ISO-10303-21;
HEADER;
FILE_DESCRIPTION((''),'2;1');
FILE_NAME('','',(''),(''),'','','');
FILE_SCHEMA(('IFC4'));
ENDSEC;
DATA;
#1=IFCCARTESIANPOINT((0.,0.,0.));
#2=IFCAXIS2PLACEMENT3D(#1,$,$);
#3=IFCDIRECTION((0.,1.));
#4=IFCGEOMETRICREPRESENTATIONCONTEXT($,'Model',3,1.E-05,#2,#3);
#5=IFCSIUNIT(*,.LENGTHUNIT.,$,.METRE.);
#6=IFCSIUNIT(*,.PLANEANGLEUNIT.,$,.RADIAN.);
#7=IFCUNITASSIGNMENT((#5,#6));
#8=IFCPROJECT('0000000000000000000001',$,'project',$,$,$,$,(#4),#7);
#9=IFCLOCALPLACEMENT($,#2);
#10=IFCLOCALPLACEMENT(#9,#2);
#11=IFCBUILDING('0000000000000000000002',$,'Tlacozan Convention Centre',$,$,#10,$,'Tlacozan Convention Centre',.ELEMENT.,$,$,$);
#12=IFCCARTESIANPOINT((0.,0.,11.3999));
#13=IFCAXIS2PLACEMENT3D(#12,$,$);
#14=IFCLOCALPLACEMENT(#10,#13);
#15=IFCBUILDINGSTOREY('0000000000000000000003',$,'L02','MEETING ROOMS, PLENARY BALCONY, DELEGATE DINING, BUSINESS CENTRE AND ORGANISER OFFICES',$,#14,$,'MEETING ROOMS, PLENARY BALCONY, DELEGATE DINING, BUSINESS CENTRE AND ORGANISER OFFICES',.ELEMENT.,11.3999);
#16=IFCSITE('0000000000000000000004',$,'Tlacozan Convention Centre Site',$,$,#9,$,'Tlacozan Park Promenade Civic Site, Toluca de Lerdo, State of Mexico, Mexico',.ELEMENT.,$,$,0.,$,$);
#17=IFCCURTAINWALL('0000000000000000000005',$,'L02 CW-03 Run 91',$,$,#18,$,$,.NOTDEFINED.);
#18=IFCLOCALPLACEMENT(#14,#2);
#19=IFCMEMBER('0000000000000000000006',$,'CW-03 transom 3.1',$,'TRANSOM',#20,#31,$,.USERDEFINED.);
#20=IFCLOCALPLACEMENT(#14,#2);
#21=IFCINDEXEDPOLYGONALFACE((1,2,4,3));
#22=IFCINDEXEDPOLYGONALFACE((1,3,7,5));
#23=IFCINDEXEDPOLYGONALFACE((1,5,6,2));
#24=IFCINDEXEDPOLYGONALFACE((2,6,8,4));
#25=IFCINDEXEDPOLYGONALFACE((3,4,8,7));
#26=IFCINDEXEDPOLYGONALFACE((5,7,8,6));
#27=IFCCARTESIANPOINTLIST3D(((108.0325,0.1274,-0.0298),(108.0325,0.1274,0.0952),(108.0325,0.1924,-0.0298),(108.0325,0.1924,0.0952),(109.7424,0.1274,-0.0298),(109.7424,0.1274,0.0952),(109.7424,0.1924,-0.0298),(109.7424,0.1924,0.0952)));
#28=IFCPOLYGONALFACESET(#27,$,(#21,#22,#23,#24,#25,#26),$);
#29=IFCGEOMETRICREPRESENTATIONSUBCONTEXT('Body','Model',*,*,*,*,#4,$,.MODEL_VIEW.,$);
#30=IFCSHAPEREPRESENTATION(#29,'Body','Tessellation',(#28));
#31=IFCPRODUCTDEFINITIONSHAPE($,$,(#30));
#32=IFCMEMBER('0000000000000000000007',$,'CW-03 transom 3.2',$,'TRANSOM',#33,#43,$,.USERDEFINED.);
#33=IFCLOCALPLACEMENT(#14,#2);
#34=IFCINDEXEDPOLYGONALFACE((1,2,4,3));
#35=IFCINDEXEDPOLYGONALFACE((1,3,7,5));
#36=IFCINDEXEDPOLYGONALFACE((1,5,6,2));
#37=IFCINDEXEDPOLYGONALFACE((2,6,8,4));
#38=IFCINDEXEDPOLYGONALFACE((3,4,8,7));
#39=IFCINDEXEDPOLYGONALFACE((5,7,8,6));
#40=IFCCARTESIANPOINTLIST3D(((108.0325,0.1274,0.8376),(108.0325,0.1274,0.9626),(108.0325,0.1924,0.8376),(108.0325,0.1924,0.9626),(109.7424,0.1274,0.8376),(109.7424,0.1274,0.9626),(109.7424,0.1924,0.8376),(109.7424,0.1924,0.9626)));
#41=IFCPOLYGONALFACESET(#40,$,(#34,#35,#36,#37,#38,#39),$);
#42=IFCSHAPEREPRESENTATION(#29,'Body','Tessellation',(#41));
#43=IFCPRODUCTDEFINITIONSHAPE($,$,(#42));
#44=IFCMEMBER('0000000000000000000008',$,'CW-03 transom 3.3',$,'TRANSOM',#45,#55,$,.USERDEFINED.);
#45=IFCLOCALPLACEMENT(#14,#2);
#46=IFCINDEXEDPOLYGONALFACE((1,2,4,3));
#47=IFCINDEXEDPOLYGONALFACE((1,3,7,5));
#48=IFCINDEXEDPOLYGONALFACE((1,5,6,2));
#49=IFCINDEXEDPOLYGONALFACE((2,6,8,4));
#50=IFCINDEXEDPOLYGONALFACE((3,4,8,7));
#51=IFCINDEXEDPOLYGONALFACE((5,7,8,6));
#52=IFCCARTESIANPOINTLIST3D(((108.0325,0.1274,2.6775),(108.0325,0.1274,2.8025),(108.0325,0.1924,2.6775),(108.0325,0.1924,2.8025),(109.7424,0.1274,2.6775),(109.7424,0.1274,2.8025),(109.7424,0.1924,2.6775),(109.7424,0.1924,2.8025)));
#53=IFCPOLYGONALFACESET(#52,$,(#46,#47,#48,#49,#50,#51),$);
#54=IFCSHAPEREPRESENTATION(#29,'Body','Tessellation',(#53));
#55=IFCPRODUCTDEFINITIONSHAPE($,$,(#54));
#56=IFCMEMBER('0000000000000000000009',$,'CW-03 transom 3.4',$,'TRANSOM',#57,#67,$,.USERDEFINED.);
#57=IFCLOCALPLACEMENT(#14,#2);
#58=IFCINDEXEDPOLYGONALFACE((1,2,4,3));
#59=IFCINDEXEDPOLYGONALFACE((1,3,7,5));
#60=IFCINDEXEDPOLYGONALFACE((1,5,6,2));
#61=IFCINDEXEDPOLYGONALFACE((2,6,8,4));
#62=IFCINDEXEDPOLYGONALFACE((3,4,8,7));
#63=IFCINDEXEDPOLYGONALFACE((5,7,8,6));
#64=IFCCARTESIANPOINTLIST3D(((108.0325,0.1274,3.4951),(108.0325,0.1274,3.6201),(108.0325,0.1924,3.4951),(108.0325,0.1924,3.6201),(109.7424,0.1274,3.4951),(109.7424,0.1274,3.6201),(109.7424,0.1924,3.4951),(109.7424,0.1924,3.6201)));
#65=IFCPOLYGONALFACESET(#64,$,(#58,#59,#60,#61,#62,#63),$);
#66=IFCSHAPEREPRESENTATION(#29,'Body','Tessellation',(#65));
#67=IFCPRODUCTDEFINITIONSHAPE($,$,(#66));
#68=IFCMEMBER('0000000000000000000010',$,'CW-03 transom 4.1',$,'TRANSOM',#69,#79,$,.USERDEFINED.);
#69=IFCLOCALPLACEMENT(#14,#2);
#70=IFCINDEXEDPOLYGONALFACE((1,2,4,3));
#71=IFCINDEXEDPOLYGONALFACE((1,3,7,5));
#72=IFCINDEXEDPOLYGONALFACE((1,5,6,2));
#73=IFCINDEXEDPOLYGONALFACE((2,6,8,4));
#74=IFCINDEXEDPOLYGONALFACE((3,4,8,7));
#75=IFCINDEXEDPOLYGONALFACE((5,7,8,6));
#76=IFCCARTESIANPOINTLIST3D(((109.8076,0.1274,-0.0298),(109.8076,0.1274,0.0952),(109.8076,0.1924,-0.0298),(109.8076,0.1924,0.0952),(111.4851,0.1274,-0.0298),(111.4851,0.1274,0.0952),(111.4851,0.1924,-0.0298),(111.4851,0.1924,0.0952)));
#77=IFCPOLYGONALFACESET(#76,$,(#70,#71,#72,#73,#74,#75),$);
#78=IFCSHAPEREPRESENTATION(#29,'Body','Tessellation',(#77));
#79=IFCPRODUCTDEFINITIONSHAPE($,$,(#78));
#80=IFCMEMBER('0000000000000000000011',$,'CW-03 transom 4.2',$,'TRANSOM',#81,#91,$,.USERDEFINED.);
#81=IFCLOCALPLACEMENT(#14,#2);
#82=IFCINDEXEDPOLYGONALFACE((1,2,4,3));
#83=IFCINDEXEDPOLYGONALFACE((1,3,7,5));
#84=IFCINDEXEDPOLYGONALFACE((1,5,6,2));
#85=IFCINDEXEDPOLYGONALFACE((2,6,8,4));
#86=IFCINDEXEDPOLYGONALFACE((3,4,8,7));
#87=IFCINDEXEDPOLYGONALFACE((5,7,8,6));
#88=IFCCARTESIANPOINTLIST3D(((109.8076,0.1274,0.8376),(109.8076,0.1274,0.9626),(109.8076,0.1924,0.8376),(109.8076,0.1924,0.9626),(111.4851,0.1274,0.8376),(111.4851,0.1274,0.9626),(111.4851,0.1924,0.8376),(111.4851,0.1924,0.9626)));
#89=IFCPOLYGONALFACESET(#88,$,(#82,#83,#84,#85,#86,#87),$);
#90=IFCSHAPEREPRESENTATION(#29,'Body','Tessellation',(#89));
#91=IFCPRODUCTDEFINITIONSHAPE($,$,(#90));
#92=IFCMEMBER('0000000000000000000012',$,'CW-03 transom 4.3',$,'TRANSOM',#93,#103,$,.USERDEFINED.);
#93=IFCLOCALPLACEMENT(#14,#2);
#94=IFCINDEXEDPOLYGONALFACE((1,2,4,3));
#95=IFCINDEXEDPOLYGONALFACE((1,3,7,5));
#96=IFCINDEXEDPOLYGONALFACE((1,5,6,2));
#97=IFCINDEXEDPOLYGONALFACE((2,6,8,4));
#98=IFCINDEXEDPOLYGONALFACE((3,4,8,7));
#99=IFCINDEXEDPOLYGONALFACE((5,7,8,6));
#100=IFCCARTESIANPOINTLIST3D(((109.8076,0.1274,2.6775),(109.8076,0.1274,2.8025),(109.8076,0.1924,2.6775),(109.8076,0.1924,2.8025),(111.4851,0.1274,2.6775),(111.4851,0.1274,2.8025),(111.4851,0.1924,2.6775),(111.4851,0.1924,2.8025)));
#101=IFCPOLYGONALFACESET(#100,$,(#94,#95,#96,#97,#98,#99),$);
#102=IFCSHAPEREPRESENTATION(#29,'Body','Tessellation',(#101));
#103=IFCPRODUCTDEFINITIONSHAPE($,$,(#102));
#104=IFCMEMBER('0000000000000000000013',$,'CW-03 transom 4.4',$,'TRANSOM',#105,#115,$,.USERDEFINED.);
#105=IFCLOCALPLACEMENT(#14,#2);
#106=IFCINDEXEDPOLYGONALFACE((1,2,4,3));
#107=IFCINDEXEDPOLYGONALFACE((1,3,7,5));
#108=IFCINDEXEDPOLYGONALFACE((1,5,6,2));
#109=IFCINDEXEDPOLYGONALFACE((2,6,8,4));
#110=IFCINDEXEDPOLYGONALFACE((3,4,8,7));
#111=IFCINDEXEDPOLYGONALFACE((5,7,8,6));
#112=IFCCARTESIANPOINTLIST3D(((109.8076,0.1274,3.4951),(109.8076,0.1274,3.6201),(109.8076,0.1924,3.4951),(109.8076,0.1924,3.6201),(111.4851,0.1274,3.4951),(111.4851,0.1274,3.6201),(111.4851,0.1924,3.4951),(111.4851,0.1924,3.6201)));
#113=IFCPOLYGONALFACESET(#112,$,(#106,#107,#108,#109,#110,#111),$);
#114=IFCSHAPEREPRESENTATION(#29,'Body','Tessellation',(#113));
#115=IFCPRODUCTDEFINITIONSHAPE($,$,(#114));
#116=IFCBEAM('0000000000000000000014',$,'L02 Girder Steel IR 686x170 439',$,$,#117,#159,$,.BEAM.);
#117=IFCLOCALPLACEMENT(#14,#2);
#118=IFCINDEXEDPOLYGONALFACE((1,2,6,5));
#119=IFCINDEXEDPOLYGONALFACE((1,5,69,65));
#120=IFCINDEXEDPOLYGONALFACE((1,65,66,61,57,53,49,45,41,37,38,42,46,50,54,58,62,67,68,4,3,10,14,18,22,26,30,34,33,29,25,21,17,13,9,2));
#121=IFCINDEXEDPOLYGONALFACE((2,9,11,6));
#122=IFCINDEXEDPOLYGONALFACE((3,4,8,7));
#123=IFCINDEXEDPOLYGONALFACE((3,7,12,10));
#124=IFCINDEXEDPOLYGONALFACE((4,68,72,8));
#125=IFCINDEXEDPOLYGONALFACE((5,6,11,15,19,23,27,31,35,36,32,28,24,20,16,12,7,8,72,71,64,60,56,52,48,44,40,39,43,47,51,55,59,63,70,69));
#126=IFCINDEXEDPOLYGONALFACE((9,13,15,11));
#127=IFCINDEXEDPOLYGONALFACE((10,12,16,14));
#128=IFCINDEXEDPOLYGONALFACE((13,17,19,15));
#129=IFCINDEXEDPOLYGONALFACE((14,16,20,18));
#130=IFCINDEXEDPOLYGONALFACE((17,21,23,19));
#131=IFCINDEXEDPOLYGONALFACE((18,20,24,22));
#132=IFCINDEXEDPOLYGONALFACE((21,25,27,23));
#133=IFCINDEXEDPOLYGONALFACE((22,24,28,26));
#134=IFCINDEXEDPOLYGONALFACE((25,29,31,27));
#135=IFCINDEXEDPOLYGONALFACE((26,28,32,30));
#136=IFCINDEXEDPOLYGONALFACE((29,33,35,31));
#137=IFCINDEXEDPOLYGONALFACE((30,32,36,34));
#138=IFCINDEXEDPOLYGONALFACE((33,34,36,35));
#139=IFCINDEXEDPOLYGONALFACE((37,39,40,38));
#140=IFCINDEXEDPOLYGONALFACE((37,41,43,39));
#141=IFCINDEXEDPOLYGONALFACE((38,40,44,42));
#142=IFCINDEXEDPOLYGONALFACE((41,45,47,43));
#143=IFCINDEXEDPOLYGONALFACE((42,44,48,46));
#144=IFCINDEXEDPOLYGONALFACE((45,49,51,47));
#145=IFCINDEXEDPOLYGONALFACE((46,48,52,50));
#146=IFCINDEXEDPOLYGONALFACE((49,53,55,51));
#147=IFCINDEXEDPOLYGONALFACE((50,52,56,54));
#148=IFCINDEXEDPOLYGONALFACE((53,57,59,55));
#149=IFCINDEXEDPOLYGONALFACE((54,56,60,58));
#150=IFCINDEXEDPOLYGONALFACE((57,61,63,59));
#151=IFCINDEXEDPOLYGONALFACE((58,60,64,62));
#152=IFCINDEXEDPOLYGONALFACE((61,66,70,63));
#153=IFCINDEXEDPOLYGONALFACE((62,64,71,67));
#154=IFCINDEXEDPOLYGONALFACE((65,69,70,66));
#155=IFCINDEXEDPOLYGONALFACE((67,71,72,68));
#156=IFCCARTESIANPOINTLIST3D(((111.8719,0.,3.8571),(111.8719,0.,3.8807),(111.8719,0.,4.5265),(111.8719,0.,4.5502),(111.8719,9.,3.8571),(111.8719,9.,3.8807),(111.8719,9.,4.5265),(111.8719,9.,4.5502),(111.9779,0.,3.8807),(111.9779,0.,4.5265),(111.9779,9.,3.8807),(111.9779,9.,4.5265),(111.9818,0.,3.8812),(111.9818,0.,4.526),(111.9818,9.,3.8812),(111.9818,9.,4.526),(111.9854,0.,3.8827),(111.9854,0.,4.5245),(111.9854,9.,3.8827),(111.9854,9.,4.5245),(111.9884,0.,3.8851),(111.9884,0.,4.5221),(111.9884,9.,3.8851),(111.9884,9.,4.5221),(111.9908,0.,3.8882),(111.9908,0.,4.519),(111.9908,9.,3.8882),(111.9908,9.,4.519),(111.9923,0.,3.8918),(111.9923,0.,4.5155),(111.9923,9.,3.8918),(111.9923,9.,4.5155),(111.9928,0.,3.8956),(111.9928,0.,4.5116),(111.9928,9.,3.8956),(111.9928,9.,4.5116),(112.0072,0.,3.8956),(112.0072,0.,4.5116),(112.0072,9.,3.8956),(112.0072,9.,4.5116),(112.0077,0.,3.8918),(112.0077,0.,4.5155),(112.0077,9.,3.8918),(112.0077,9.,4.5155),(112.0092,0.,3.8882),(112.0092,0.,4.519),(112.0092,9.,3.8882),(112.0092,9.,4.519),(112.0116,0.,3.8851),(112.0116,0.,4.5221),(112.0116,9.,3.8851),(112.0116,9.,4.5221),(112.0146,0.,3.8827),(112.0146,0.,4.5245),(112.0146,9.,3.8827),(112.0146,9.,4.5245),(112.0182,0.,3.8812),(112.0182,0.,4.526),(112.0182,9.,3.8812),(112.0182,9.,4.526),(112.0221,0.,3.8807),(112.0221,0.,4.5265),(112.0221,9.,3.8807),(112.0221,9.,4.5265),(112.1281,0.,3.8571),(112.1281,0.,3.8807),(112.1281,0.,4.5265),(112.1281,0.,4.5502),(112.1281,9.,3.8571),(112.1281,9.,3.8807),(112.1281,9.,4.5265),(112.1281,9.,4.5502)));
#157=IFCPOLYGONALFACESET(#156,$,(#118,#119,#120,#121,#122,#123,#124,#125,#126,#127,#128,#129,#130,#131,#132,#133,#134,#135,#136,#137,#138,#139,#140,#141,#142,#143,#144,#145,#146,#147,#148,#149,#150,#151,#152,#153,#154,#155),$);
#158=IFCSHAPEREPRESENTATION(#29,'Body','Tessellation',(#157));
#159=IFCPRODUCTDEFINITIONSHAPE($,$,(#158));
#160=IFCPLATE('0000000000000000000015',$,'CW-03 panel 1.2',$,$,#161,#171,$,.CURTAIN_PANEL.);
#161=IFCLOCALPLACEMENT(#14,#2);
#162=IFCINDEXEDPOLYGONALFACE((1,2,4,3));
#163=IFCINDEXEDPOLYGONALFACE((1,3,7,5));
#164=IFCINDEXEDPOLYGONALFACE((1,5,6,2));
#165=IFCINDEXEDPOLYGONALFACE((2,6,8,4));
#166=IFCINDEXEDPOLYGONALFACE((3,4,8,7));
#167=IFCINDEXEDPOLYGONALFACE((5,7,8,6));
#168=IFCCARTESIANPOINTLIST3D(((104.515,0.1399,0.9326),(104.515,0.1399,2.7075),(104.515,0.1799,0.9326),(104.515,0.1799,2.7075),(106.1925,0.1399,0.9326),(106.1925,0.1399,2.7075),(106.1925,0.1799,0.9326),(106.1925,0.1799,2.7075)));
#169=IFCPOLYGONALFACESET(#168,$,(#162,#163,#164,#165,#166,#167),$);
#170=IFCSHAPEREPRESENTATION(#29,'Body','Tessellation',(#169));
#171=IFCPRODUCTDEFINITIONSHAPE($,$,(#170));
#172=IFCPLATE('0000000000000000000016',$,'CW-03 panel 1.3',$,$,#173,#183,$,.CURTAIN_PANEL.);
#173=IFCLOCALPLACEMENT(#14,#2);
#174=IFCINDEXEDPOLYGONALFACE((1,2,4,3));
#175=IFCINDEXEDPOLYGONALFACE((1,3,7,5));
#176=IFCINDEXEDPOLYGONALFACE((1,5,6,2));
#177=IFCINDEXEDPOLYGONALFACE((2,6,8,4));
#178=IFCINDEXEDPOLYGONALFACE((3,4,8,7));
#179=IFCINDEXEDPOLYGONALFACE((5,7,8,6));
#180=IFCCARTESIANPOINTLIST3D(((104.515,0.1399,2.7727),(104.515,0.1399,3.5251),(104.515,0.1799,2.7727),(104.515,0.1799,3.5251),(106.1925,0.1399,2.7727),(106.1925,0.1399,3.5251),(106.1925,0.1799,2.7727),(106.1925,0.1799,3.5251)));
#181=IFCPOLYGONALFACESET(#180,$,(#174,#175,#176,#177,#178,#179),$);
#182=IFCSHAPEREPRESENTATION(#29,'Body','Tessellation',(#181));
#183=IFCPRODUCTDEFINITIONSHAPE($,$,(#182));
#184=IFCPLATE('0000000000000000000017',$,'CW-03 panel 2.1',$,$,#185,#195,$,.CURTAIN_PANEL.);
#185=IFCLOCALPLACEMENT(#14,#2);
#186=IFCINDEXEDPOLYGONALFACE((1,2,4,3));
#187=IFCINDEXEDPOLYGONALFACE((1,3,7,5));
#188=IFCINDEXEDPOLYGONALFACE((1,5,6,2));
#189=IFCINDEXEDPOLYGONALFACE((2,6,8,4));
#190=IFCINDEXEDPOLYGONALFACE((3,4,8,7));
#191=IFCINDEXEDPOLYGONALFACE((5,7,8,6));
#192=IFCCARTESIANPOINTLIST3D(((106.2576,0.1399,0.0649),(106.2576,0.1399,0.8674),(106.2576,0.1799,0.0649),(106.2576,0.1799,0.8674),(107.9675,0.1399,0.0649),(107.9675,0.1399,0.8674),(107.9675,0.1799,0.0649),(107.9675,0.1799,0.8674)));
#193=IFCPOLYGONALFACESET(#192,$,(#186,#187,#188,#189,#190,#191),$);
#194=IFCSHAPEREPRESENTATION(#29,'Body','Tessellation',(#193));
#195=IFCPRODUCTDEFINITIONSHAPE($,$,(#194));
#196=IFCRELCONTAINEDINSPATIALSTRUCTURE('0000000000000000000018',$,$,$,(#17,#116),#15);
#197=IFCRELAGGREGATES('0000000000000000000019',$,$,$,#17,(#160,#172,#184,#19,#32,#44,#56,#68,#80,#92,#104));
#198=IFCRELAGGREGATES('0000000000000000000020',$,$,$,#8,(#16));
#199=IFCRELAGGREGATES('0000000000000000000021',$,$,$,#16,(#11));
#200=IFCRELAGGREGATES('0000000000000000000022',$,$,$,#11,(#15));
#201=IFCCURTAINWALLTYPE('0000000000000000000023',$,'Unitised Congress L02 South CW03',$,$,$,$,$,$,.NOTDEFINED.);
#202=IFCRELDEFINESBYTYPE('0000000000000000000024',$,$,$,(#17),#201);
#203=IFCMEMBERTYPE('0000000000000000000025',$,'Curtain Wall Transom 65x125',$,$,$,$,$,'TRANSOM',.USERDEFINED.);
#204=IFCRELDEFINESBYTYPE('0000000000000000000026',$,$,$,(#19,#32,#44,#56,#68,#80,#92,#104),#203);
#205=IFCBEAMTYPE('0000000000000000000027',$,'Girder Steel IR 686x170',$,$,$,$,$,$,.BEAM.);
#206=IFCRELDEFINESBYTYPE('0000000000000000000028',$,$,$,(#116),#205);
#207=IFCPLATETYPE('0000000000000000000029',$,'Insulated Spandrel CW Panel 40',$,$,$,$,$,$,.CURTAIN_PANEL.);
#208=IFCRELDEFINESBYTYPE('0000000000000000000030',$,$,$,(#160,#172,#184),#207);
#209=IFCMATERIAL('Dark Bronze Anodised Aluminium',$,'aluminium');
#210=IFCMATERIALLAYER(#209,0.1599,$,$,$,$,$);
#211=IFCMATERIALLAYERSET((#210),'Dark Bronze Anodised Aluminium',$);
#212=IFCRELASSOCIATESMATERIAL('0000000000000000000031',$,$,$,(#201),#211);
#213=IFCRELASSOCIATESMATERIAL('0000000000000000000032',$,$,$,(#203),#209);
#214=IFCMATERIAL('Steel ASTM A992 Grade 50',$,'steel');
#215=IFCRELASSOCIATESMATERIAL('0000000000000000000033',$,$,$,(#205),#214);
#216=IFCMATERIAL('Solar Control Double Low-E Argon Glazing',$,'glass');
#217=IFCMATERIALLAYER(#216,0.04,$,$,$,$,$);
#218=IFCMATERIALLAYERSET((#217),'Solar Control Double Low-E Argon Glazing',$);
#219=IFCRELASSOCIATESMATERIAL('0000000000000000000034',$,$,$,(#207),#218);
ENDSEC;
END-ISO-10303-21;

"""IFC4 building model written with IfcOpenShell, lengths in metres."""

from ifc_helpers import new_model, si_unit, direction, frame, origin, origin_2d, place, context, subcontext, project, spatial, rectangle, i_section, extrude, material, layer, layer_set, material_profile, profile_set, type_object, element, aggregate, save


model = new_model("IFC4")

# Units and contexts
model_context = context("Model", 3, precision=1e-05, world=origin(), true_north=direction((0.0, 1.0)))
body_context = subcontext(model_context, "Body", "Model", "MODEL_VIEW")
ifc_project = project(units=[si_unit("LENGTHUNIT", "METRE"), si_unit("PLANEANGLEUNIT", "RADIAN")], contexts=[model_context])

# Site, building, storey
site_placement = place(None, origin())
site = spatial("IfcSite", under=ifc_project, at=site_placement, Name="Tlacozan Convention Centre Site", LongName="Tlacozan Park Promenade Civic Site, Toluca de Lerdo, State of Mexico, Mexico", CompositionType="ELEMENT", RefElevation=0.0)
building_placement = place(site_placement, origin())
building = spatial("IfcBuilding", under=site, at=building_placement, Name="Tlacozan Convention Centre", LongName="Tlacozan Convention Centre", CompositionType="ELEMENT")
storey_placement = place(building_placement, frame((0.0, 0.0, 11.3999)))
storey = spatial("IfcBuildingStorey", under=building, at=storey_placement, Name="L02", Description="MEETING ROOMS, PLENARY BALCONY, DELEGATE DINING, BUSINESS CENTRE AND ORGANISER OFFICES", LongName="MEETING ROOMS, PLENARY BALCONY, DELEGATE DINING, BUSINESS CENTRE AND ORGANISER OFFICES", CompositionType="ELEMENT", Elevation=11.3999)

# Shared definitions
ifc_material_1 = material(Name="Steel ASTM A992 Grade 50", Category="steel")

# Curtain wall, members
ifc_material_2 = material(Name="Dark Bronze Anodised Aluminium", Category="aluminium")
ifc_layer_1 = layer(ifc_material_2, 0.1599)
ifc_layer_set_1 = layer_set([ifc_layer_1], Name="Dark Bronze Anodised Aluminium")
curtain_wall_type = type_object("IfcCurtainWallType", Name="Unitised Congress L02 South CW03", PredefinedType="NOTDEFINED", material=ifc_layer_set_1)
curtain_wall_placement = place(storey_placement, origin())
curtain_wall = element("IfcCurtainWall", 1, at=curtain_wall_placement, inside=storey, type_object=curtain_wall_type, Name="L02 CW-03 Run 91", PredefinedType="NOTDEFINED")
ifc_material_profile_1 = material_profile(ifc_material_2, rectangle(XDim=0.0649, YDim=0.125, at=origin_2d()), Name="ALU 65x125")
ifc_profile_set_1 = profile_set([ifc_material_profile_1], Name="Dark Bronze Anodised Aluminium")
member_type_1 = type_object("IfcMemberType", Name="Curtain Wall Transom 65x125", ElementType="TRANSOM", PredefinedType="USERDEFINED", material=ifc_profile_set_1)
member_1_placement = place(storey_placement, frame((108.0325, 0.1599, 0.0327), z_axis=(1.0, 0.0, 0.0), x_axis=(0.0, 1.0, 0.0)))
member_1 = element("IfcMember", 2, at=member_1_placement, type_object=member_type_1, Name="CW-03 transom 3.1", ObjectType="TRANSOM", PredefinedType="USERDEFINED", context=body_context, shape_type="SweptSolid", body=[
    extrude(rectangle(XDim=0.0649, YDim=0.125, at=origin_2d()), origin(), (0.0, 0.0, 1.0), 1.71),
])
member_2_placement = place(storey_placement, frame((108.0325, 0.1599, 0.9001), z_axis=(1.0, 0.0, 0.0), x_axis=(0.0, 1.0, 0.0)))
member_2 = element("IfcMember", 3, at=member_2_placement, type_object=member_type_1, Name="CW-03 transom 3.2", ObjectType="TRANSOM", PredefinedType="USERDEFINED", context=body_context, shape_type="SweptSolid", body=[
    extrude(rectangle(XDim=0.0649, YDim=0.125, at=origin_2d()), origin(), (0.0, 0.0, 1.0), 1.71),
])
member_3_placement = place(storey_placement, frame((108.0325, 0.1599, 2.74), z_axis=(1.0, 0.0, 0.0), x_axis=(0.0, 1.0, 0.0)))
member_3 = element("IfcMember", 4, at=member_3_placement, type_object=member_type_1, Name="CW-03 transom 3.3", ObjectType="TRANSOM", PredefinedType="USERDEFINED", context=body_context, shape_type="SweptSolid", body=[
    extrude(rectangle(XDim=0.0649, YDim=0.125, at=origin_2d()), origin(), (0.0, 0.0, 1.0), 1.71),
])
member_4_placement = place(storey_placement, frame((108.0325, 0.1599, 3.5576), z_axis=(1.0, 0.0, 0.0), x_axis=(0.0, 1.0, 0.0)))
member_4 = element("IfcMember", 5, at=member_4_placement, type_object=member_type_1, Name="CW-03 transom 3.4", ObjectType="TRANSOM", PredefinedType="USERDEFINED", context=body_context, shape_type="SweptSolid", body=[
    extrude(rectangle(XDim=0.0649, YDim=0.125, at=origin_2d()), origin(), (0.0, 0.0, 1.0), 1.71),
])
member_5_placement = place(storey_placement, frame((109.8076, 0.1599, 0.0327), z_axis=(1.0, 0.0, 0.0), x_axis=(0.0, 1.0, 0.0)))
member_5 = element("IfcMember", 6, at=member_5_placement, type_object=member_type_1, Name="CW-03 transom 4.1", ObjectType="TRANSOM", PredefinedType="USERDEFINED", context=body_context, shape_type="SweptSolid", body=[
    extrude(rectangle(XDim=0.0649, YDim=0.125, at=origin_2d()), origin(), (0.0, 0.0, 1.0), 1.6775),
])
member_6_placement = place(storey_placement, frame((109.8076, 0.1599, 0.9001), z_axis=(1.0, 0.0, 0.0), x_axis=(0.0, 1.0, 0.0)))
member_6 = element("IfcMember", 7, at=member_6_placement, type_object=member_type_1, Name="CW-03 transom 4.2", ObjectType="TRANSOM", PredefinedType="USERDEFINED", context=body_context, shape_type="SweptSolid", body=[
    extrude(rectangle(XDim=0.0649, YDim=0.125, at=origin_2d()), origin(), (0.0, 0.0, 1.0), 1.6775),
])
member_7_placement = place(storey_placement, frame((109.8076, 0.1599, 2.74), z_axis=(1.0, 0.0, 0.0), x_axis=(0.0, 1.0, 0.0)))
member_7 = element("IfcMember", 8, at=member_7_placement, type_object=member_type_1, Name="CW-03 transom 4.3", ObjectType="TRANSOM", PredefinedType="USERDEFINED", context=body_context, shape_type="SweptSolid", body=[
    extrude(rectangle(XDim=0.0649, YDim=0.125, at=origin_2d()), origin(), (0.0, 0.0, 1.0), 1.6775),
])
member_8_placement = place(storey_placement, frame((109.8076, 0.1599, 3.5576), z_axis=(1.0, 0.0, 0.0), x_axis=(0.0, 1.0, 0.0)))
member_8 = element("IfcMember", 9, at=member_8_placement, type_object=member_type_1, Name="CW-03 transom 4.4", ObjectType="TRANSOM", PredefinedType="USERDEFINED", context=body_context, shape_type="SweptSolid", body=[
    extrude(rectangle(XDim=0.0649, YDim=0.125, at=origin_2d()), origin(), (0.0, 0.0, 1.0), 1.6775),
])

# Beam
ifc_material_profile_2 = material_profile(ifc_material_1, i_section(OverallWidth=0.2561, OverallDepth=0.6931, WebThickness=0.0144, FlangeThickness=0.0237, FilletRadius=0.0149, at=origin_2d()), Name="IR 686x170.0")
ifc_profile_set_2 = profile_set([ifc_material_profile_2], Name="Steel ASTM A992 Grade 50")
beam_type_1 = type_object("IfcBeamType", Name="Girder Steel IR 686x170", PredefinedType="BEAM", material=ifc_profile_set_2)
beam_1_placement = place(storey_placement, frame((112.0, 0.0, 4.2036), z_axis=(0.0, 1.0, 0.0), x_axis=(-1.0, 0.0, 0.0)))
element("IfcBeam", 10, at=beam_1_placement, inside=storey, type_object=beam_type_1, Name="L02 Girder Steel IR 686x170 439", PredefinedType="BEAM", context=body_context, shape_type="SweptSolid", body=[
    extrude(i_section(OverallWidth=0.2561, OverallDepth=0.6931, WebThickness=0.0144, FlangeThickness=0.0237, FilletRadius=0.0149, at=origin_2d()), origin(), (0.0, 0.0, 1.0), 9.0),
])

# Plates
ifc_material_3 = material(Name="Solar Control Double Low-E Argon Glazing", Category="glass")
ifc_layer_2 = layer(ifc_material_3, 0.04)
ifc_layer_set_2 = layer_set([ifc_layer_2], Name="Solar Control Double Low-E Argon Glazing")
plate_type = type_object("IfcPlateType", Name="Insulated Spandrel CW Panel 40", PredefinedType="CURTAIN_PANEL", material=ifc_layer_set_2)
plate_1_placement = place(storey_placement, frame((105.3538, 0.1599, 0.9326), z_axis=(0.0, 0.0, 1.0), x_axis=(1.0, 0.0, 0.0)))
plate_1 = element("IfcPlate", 11, at=plate_1_placement, type_object=plate_type, Name="CW-03 panel 1.2", PredefinedType="CURTAIN_PANEL", context=body_context, shape_type="SweptSolid", body=[
    extrude(rectangle(XDim=1.6775, YDim=0.04, at=origin_2d()), origin(), (0.0, 0.0, 1.0), 1.7749),
])
plate_2_placement = place(storey_placement, frame((105.3538, 0.1599, 2.7727), z_axis=(0.0, 0.0, 1.0), x_axis=(1.0, 0.0, 0.0)))
plate_2 = element("IfcPlate", 12, at=plate_2_placement, type_object=plate_type, Name="CW-03 panel 1.3", PredefinedType="CURTAIN_PANEL", context=body_context, shape_type="SweptSolid", body=[
    extrude(rectangle(XDim=1.6775, YDim=0.04, at=origin_2d()), origin(), (0.0, 0.0, 1.0), 0.7524),
])
plate_3_placement = place(storey_placement, frame((107.1125, 0.1599, 0.0649), z_axis=(0.0, 0.0, 1.0), x_axis=(1.0, 0.0, 0.0)))
plate_3 = element("IfcPlate", 13, at=plate_3_placement, type_object=plate_type, Name="CW-03 panel 2.1", PredefinedType="CURTAIN_PANEL", context=body_context, shape_type="SweptSolid", body=[
    extrude(rectangle(XDim=1.71, YDim=0.04, at=origin_2d()), origin(), (0.0, 0.0, 1.0), 0.8025),
])
aggregate(curtain_wall, [plate_1, plate_2, plate_3, member_1, member_2, member_3, member_4, member_5, member_6, member_7, member_8])

save(model, "model.ifc")
